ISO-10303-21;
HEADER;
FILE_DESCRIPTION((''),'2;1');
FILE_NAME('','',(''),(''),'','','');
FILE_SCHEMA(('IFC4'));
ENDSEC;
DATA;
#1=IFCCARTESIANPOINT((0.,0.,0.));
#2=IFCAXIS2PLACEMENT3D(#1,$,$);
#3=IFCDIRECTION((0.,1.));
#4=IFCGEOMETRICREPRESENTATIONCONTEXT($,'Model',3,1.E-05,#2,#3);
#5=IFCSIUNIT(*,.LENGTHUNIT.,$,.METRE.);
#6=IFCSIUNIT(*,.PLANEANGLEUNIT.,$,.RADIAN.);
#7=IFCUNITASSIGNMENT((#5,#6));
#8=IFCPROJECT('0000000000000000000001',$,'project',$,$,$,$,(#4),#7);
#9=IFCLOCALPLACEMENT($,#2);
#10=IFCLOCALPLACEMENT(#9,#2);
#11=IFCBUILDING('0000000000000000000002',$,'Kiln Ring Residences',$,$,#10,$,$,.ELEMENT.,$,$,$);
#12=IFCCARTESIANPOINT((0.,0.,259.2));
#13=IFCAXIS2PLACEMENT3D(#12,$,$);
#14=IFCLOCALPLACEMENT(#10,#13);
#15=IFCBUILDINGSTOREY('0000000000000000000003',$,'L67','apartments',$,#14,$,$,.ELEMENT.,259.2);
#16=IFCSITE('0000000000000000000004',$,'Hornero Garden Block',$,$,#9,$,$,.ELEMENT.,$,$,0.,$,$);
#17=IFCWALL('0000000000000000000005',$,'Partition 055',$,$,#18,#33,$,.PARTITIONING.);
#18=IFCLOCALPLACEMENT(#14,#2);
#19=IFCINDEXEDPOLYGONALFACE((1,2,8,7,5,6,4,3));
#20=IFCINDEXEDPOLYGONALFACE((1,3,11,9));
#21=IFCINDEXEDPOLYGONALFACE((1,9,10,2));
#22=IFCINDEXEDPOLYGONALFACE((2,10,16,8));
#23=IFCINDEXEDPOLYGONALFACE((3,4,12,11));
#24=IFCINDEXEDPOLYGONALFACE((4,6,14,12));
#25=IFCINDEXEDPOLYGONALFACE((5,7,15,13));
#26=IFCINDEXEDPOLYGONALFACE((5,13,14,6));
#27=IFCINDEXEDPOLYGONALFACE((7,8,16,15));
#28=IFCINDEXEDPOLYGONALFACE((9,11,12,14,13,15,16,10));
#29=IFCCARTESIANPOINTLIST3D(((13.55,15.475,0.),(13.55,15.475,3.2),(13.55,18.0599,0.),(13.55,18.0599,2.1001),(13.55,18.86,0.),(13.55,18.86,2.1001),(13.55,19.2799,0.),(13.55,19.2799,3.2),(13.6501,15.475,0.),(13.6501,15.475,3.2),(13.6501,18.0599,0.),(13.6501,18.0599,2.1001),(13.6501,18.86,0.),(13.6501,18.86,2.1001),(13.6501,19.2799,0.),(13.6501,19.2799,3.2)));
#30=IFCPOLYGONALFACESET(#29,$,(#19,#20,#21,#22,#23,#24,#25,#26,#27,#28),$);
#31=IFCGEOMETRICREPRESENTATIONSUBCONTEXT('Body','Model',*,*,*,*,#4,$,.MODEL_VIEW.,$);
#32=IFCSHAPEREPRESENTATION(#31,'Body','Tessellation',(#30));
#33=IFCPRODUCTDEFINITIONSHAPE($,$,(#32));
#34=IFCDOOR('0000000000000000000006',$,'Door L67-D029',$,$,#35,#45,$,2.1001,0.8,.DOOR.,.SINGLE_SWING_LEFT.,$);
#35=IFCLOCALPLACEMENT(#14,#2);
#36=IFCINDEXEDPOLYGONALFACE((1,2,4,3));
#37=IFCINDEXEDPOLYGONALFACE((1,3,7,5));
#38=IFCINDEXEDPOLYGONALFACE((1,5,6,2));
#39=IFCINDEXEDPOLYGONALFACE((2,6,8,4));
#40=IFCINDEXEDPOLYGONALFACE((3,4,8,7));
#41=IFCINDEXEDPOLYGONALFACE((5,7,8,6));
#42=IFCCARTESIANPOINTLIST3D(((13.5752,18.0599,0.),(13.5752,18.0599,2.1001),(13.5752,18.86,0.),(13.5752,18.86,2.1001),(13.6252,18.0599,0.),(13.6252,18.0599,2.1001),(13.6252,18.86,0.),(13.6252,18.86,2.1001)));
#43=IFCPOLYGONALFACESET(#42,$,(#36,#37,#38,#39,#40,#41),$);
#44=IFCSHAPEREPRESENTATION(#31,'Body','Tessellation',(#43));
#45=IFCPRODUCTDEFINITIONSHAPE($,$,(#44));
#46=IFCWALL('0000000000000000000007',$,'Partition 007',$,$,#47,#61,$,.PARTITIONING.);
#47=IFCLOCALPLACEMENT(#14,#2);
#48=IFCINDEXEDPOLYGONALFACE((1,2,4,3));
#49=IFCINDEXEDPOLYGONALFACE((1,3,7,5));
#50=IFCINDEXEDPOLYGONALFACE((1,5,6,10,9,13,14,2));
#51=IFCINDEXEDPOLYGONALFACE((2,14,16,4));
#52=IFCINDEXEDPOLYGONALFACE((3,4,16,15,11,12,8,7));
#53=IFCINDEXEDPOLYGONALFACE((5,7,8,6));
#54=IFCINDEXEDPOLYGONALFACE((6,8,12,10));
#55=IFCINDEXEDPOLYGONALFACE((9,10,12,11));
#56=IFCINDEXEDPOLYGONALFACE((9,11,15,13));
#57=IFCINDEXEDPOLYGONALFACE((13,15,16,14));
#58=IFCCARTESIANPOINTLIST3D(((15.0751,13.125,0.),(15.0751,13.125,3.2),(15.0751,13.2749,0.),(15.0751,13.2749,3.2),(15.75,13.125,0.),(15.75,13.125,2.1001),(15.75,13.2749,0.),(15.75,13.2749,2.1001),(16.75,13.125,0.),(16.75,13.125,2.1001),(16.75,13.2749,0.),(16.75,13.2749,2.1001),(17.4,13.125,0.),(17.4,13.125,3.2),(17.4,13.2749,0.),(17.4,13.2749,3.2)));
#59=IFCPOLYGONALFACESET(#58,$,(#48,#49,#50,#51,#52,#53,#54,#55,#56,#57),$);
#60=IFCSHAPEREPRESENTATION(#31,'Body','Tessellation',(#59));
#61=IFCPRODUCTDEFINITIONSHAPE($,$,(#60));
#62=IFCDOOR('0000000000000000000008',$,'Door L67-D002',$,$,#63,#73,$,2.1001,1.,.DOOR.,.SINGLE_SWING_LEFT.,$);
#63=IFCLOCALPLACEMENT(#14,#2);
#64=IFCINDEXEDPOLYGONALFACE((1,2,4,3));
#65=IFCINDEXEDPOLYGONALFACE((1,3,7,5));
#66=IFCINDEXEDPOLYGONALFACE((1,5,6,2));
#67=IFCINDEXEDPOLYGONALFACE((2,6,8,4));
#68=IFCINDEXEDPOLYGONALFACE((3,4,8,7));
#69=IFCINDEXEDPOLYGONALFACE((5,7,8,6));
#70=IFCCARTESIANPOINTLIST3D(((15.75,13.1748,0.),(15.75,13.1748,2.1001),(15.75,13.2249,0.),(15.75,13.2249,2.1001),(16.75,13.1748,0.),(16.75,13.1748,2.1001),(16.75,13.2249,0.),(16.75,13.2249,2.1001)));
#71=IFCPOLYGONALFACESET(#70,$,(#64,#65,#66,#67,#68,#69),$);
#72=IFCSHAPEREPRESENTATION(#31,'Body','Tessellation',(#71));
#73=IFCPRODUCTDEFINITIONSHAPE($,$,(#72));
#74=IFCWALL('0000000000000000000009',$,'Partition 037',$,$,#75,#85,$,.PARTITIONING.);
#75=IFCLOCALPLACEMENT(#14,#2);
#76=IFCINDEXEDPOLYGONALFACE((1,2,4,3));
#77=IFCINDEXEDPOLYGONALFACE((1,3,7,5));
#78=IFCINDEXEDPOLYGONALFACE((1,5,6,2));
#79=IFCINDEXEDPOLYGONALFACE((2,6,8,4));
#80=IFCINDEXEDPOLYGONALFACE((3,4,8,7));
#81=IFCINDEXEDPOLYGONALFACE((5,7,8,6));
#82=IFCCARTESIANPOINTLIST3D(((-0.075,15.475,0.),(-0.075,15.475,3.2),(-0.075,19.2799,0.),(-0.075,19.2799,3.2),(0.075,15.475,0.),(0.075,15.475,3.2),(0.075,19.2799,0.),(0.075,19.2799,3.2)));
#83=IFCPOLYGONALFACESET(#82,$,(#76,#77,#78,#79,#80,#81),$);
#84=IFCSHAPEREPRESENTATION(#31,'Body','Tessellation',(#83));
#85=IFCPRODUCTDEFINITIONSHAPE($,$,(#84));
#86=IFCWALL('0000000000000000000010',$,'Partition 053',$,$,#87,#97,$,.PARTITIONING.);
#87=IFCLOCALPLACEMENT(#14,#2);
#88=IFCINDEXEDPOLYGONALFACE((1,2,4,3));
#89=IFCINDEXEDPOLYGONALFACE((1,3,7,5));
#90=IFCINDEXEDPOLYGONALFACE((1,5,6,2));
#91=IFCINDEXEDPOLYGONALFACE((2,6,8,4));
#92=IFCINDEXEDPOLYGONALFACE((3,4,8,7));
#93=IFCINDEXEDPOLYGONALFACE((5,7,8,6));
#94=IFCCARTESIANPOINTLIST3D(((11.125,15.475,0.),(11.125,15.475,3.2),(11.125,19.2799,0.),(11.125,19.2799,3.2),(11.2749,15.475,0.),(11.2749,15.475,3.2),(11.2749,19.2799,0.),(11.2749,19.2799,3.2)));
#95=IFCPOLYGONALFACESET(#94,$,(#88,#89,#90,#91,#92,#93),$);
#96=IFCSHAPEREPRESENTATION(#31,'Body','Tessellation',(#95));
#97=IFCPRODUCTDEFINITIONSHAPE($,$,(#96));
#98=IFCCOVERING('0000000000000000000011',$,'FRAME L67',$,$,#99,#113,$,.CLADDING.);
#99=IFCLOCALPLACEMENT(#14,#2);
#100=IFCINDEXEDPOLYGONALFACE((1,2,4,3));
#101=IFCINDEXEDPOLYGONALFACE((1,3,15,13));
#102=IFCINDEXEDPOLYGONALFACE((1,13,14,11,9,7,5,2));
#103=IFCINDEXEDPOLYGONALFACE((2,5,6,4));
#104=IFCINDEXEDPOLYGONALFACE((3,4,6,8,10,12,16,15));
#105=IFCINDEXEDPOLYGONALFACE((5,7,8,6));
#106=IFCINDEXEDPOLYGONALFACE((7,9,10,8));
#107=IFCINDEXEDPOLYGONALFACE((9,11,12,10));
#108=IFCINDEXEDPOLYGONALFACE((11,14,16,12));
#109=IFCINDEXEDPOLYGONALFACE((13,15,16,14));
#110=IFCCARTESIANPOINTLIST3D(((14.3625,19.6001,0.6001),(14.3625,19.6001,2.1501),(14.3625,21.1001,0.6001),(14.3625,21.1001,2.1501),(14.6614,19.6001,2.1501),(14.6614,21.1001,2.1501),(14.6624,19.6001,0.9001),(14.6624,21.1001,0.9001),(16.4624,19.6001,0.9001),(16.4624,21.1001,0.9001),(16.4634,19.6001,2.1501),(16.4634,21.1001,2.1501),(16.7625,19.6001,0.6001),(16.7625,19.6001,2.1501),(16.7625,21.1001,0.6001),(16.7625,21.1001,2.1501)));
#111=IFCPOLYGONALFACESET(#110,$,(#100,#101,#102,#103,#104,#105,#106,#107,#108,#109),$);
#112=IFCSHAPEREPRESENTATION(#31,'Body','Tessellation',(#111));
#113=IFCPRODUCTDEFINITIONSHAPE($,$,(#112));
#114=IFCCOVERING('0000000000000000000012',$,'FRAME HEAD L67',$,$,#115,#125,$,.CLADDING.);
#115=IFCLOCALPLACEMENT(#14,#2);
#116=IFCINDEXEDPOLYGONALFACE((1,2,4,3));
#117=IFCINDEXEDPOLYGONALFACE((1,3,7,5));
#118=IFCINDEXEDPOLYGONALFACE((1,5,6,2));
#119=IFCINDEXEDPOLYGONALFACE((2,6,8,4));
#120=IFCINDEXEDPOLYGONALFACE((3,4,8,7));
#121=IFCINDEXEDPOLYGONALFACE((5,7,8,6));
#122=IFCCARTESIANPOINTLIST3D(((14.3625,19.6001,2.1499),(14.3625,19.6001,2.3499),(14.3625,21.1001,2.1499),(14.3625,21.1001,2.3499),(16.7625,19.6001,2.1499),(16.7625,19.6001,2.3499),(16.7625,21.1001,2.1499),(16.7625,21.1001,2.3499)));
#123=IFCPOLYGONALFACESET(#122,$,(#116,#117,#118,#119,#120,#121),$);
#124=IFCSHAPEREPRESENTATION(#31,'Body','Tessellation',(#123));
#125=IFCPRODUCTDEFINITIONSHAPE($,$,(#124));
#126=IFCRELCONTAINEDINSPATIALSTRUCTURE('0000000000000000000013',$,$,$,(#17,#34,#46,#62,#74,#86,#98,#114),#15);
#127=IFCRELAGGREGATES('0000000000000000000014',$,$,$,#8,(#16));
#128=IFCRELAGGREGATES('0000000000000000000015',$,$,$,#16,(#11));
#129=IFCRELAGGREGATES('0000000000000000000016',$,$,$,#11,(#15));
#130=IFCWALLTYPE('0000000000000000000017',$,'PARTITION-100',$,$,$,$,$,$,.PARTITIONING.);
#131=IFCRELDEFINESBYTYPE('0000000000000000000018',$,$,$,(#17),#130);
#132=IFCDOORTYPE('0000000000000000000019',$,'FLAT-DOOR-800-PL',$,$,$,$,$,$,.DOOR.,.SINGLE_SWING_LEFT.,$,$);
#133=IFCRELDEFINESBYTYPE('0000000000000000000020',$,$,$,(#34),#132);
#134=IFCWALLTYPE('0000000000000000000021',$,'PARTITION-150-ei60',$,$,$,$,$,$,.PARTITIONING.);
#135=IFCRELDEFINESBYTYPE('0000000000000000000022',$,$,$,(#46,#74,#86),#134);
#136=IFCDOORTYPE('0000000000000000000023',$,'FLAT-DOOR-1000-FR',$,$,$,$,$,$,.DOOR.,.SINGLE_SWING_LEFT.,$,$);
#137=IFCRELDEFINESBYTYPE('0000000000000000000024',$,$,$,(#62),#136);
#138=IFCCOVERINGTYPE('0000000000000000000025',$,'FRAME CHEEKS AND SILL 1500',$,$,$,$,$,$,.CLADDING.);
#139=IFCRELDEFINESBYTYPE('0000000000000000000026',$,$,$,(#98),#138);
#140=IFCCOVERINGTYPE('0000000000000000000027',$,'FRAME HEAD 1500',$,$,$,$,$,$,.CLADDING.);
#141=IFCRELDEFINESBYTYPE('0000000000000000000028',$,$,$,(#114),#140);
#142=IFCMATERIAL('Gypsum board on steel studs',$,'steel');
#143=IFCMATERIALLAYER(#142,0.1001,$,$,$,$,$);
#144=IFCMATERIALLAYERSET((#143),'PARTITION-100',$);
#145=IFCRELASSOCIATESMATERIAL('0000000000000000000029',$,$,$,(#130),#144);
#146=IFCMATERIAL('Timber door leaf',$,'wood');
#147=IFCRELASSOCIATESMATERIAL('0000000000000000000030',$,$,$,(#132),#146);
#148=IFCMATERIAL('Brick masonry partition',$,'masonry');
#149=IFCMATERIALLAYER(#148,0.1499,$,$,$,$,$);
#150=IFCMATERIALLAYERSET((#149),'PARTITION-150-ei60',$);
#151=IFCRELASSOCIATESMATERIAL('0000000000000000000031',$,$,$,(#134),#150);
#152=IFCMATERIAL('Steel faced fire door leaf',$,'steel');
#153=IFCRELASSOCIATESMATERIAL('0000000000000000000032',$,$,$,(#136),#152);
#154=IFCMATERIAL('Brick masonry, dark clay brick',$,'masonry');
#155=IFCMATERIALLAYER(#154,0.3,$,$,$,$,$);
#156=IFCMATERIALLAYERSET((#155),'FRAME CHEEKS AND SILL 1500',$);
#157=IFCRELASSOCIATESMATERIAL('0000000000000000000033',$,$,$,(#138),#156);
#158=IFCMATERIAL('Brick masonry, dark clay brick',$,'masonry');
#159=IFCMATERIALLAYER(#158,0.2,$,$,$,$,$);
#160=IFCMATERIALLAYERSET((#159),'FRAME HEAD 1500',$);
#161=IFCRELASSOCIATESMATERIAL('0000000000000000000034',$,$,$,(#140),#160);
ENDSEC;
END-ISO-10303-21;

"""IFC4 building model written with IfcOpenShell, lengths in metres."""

from ifc_helpers import new_model, si_unit, direction, frame, frame_2d, origin, origin_2d, place, context, subcontext, project, spatial, polyline, rectangle, outline, extrude, material, layer, layer_set, type_object, element, fill, save


model = new_model("IFC4")

# Units and contexts
model_context = context("Model", 3, precision=1e-05, world=origin(), true_north=direction((0.0, 1.0)))
body_context = subcontext(model_context, "Body", "Model", "MODEL_VIEW")
ifc_project = project(units=[si_unit("LENGTHUNIT", "METRE"), si_unit("PLANEANGLEUNIT", "RADIAN")], contexts=[model_context])

# Site, building, storey
site_placement = place(None, origin())
site = spatial("IfcSite", under=ifc_project, at=site_placement, Name="Hornero Garden Block", CompositionType="ELEMENT", RefElevation=0.0)
building_placement = place(site_placement, origin())
building = spatial("IfcBuilding", under=site, at=building_placement, Name="Kiln Ring Residences", CompositionType="ELEMENT")
storey_placement = place(building_placement, frame((0.0, 0.0, 259.2)))
storey = spatial("IfcBuildingStorey", under=building, at=storey_placement, Name="L67", Description="apartments", CompositionType="ELEMENT", Elevation=259.2)

# Walls, openings, doors
ifc_material_1 = material(Name="Gypsum board on steel studs", Category="steel")
ifc_layer_1 = layer(ifc_material_1, 0.1001)
ifc_layer_set_1 = layer_set([ifc_layer_1], Name="PARTITION-100")
wall_type_1 = type_object("IfcWallType", Name="PARTITION-100", PredefinedType="PARTITIONING", material=ifc_layer_set_1)
ifc_material_2 = material(Name="Timber door leaf", Category="wood")
door_type_1 = type_object("IfcDoorType", Name="FLAT-DOOR-800-PL", OperationType="SINGLE_SWING_LEFT", PredefinedType="DOOR", material=ifc_material_2)
wall_1_placement = place(storey_placement, frame((13.6001, 15.4751, 0.0), z_axis=(0.0, 0.0, 1.0), x_axis=(0.0, 1.0, 0.0)))
wall_1 = element("IfcWall", 1, at=wall_1_placement, inside=storey, type_object=wall_type_1, Name="Partition 055", PredefinedType="PARTITIONING", context=body_context, shape_type="SweptSolid", body=[
    extrude(rectangle(XDim=3.8049, YDim=0.1001, at=frame_2d((1.9023, 0.0))), origin(), (0.0, 0.0, 1.0), 3.2),
])
opening_1_placement = place(wall_1_placement, frame((2.585, 0.0, 0.0)))
opening_1 = element("IfcOpeningElement", 2, at=opening_1_placement, cuts=wall_1, PredefinedType="OPENING", context=body_context, shape_type="SweptSolid", body=[
    extrude(rectangle(XDim=0.8, YDim=2.1001, at=frame_2d((0.3999, 1.05))), frame((0.0, 0.0601, 0.0), z_axis=(0.0, -1.0, 0.0), x_axis=(1.0, 0.0, 0.0)), (0.0, 0.0, 1.0), 0.1201),
])
door_1_placement = place(opening_1_placement, origin())
door_1 = element("IfcDoor", 3, at=door_1_placement, inside=storey, type_object=door_type_1, Name="Door L67-D029", OperationType="SINGLE_SWING_LEFT", OverallHeight=2.1001, OverallWidth=0.8, PredefinedType="DOOR", context=body_context, shape_type="SweptSolid", body=[
    extrude(rectangle(XDim=0.8, YDim=2.1001, at=frame_2d((0.3999, 1.05))), frame((0.0, 0.0249, 0.0), z_axis=(0.0, -1.0, 0.0), x_axis=(1.0, 0.0, 0.0)), (0.0, 0.0, 1.0), 0.05),
])
fill(opening_1, door_1)
ifc_material_3 = material(Name="Brick masonry partition", Category="masonry")
ifc_layer_2 = layer(ifc_material_3, 0.1499)
ifc_layer_set_2 = layer_set([ifc_layer_2], Name="PARTITION-150-ei60")
wall_type_2 = type_object("IfcWallType", Name="PARTITION-150-ei60", PredefinedType="PARTITIONING", material=ifc_layer_set_2)
wall_2_placement = place(storey_placement, frame((15.075, 13.2, 0.0), z_axis=(0.0, 0.0, 1.0), x_axis=(1.0, 0.0, 0.0)))
wall_2 = element("IfcWall", 4, at=wall_2_placement, inside=storey, type_object=wall_type_2, Name="Partition 007", PredefinedType="PARTITIONING", context=body_context, shape_type="SweptSolid", body=[
    extrude(rectangle(XDim=2.325, YDim=0.1499, at=frame_2d((1.1626, 0.0))), origin(), (0.0, 0.0, 1.0), 3.2),
])
opening_2_placement = place(wall_2_placement, frame((0.675, 0.0, 0.0)))
opening_2 = element("IfcOpeningElement", 5, at=opening_2_placement, cuts=wall_2, PredefinedType="OPENING", context=body_context, shape_type="SweptSolid", body=[
    extrude(rectangle(XDim=1.0, YDim=2.1001, at=frame_2d((0.5, 1.05))), frame((0.0, 0.085, 0.0), z_axis=(0.0, -1.0, 0.0), x_axis=(1.0, 0.0, 0.0)), (0.0, 0.0, 1.0), 0.1699),
])
ifc_material_4 = material(Name="Steel faced fire door leaf", Category="steel")
door_type_2 = type_object("IfcDoorType", Name="FLAT-DOOR-1000-FR", OperationType="SINGLE_SWING_LEFT", PredefinedType="DOOR", material=ifc_material_4)
door_2_placement = place(opening_2_placement, origin())
door_2 = element("IfcDoor", 6, at=door_2_placement, inside=storey, type_object=door_type_2, Name="Door L67-D002", OperationType="SINGLE_SWING_LEFT", OverallHeight=2.1001, OverallWidth=1.0, PredefinedType="DOOR", context=body_context, shape_type="SweptSolid", body=[
    extrude(rectangle(XDim=1.0, YDim=2.1001, at=frame_2d((0.5, 1.05))), frame((0.0, 0.0249, 0.0), z_axis=(0.0, -1.0, 0.0), x_axis=(1.0, 0.0, 0.0)), (0.0, 0.0, 1.0), 0.05),
])
fill(opening_2, door_2)

# Walls
for number, where, z_axis, x_axis, name in (
    (7, (0.0, 15.4751, 0.0), (0.0, 0.0, 1.0), (0.0, 1.0, 0.0), "Partition 037"),
    (8, (11.2, 15.4751, 0.0), (0.0, 0.0, 1.0), (0.0, 1.0, 0.0), "Partition 053"),
):
    element("IfcWall", number, at=place(storey_placement, frame(where, z_axis=z_axis, x_axis=x_axis)), inside=storey, type_object=wall_type_2, Name=name, PredefinedType="PARTITIONING", context=body_context, shape_type="SweptSolid", body=[
        extrude(rectangle(XDim=3.8049, YDim=0.1499, at=frame_2d((1.9023, 0.0))), origin(), (0.0, 0.0, 1.0), 3.2),
    ])

# Coverings
ifc_material_5 = material(Name="Brick masonry, dark clay brick", Category="masonry")
ifc_layer_3 = layer(ifc_material_5, 0.3)
ifc_layer_set_3 = layer_set([ifc_layer_3], Name="FRAME CHEEKS AND SILL 1500")
covering_type_1 = type_object("IfcCoveringType", Name="FRAME CHEEKS AND SILL 1500", PredefinedType="CLADDING", material=ifc_layer_set_3)
covering_1_placement = place(storey_placement, frame((16.7625, 20.3501, 0.6001), z_axis=(0.0, 0.0, 1.0), x_axis=(-1.0, 0.0, 0.0)))
element("IfcCovering", 9, at=covering_1_placement, inside=storey, type_object=covering_type_1, Name="FRAME L67", PredefinedType="CLADDING", context=body_context, shape_type="SweptSolid", body=[
    extrude(outline(polyline([(0.0, 0.0), (2.3999, 0.0), (2.3999, 1.55), (2.1011, 1.55), (2.1001, 0.3), (0.3, 0.3), (0.2991, 1.55), (0.0, 1.55), (0.0, 0.0)])), frame((0.0, 0.75, 0.0), z_axis=(0.0, -1.0, 0.0), x_axis=(1.0, 0.0, 0.0)), (0.0, 0.0, 1.0), 1.5),
])
ifc_material_6 = material(Name="Brick masonry, dark clay brick", Category="masonry")
ifc_layer_4 = layer(ifc_material_6, 0.2)
ifc_layer_set_4 = layer_set([ifc_layer_4], Name="FRAME HEAD 1500")
covering_type_2 = type_object("IfcCoveringType", Name="FRAME HEAD 1500", PredefinedType="CLADDING", material=ifc_layer_set_4)
covering_2_placement = place(storey_placement, frame((15.5625, 20.3501, 2.1499), z_axis=(0.0, 0.0, 1.0), x_axis=(-1.0, 0.0, 0.0)))
element("IfcCovering", 10, at=covering_2_placement, inside=storey, type_object=covering_type_2, Name="FRAME HEAD L67", PredefinedType="CLADDING", context=body_context, shape_type="SweptSolid", body=[
    extrude(rectangle(XDim=2.3999, YDim=1.5, at=origin_2d()), origin(), (0.0, 0.0, 1.0), 0.2),
])

save(model, "model.ifc")
